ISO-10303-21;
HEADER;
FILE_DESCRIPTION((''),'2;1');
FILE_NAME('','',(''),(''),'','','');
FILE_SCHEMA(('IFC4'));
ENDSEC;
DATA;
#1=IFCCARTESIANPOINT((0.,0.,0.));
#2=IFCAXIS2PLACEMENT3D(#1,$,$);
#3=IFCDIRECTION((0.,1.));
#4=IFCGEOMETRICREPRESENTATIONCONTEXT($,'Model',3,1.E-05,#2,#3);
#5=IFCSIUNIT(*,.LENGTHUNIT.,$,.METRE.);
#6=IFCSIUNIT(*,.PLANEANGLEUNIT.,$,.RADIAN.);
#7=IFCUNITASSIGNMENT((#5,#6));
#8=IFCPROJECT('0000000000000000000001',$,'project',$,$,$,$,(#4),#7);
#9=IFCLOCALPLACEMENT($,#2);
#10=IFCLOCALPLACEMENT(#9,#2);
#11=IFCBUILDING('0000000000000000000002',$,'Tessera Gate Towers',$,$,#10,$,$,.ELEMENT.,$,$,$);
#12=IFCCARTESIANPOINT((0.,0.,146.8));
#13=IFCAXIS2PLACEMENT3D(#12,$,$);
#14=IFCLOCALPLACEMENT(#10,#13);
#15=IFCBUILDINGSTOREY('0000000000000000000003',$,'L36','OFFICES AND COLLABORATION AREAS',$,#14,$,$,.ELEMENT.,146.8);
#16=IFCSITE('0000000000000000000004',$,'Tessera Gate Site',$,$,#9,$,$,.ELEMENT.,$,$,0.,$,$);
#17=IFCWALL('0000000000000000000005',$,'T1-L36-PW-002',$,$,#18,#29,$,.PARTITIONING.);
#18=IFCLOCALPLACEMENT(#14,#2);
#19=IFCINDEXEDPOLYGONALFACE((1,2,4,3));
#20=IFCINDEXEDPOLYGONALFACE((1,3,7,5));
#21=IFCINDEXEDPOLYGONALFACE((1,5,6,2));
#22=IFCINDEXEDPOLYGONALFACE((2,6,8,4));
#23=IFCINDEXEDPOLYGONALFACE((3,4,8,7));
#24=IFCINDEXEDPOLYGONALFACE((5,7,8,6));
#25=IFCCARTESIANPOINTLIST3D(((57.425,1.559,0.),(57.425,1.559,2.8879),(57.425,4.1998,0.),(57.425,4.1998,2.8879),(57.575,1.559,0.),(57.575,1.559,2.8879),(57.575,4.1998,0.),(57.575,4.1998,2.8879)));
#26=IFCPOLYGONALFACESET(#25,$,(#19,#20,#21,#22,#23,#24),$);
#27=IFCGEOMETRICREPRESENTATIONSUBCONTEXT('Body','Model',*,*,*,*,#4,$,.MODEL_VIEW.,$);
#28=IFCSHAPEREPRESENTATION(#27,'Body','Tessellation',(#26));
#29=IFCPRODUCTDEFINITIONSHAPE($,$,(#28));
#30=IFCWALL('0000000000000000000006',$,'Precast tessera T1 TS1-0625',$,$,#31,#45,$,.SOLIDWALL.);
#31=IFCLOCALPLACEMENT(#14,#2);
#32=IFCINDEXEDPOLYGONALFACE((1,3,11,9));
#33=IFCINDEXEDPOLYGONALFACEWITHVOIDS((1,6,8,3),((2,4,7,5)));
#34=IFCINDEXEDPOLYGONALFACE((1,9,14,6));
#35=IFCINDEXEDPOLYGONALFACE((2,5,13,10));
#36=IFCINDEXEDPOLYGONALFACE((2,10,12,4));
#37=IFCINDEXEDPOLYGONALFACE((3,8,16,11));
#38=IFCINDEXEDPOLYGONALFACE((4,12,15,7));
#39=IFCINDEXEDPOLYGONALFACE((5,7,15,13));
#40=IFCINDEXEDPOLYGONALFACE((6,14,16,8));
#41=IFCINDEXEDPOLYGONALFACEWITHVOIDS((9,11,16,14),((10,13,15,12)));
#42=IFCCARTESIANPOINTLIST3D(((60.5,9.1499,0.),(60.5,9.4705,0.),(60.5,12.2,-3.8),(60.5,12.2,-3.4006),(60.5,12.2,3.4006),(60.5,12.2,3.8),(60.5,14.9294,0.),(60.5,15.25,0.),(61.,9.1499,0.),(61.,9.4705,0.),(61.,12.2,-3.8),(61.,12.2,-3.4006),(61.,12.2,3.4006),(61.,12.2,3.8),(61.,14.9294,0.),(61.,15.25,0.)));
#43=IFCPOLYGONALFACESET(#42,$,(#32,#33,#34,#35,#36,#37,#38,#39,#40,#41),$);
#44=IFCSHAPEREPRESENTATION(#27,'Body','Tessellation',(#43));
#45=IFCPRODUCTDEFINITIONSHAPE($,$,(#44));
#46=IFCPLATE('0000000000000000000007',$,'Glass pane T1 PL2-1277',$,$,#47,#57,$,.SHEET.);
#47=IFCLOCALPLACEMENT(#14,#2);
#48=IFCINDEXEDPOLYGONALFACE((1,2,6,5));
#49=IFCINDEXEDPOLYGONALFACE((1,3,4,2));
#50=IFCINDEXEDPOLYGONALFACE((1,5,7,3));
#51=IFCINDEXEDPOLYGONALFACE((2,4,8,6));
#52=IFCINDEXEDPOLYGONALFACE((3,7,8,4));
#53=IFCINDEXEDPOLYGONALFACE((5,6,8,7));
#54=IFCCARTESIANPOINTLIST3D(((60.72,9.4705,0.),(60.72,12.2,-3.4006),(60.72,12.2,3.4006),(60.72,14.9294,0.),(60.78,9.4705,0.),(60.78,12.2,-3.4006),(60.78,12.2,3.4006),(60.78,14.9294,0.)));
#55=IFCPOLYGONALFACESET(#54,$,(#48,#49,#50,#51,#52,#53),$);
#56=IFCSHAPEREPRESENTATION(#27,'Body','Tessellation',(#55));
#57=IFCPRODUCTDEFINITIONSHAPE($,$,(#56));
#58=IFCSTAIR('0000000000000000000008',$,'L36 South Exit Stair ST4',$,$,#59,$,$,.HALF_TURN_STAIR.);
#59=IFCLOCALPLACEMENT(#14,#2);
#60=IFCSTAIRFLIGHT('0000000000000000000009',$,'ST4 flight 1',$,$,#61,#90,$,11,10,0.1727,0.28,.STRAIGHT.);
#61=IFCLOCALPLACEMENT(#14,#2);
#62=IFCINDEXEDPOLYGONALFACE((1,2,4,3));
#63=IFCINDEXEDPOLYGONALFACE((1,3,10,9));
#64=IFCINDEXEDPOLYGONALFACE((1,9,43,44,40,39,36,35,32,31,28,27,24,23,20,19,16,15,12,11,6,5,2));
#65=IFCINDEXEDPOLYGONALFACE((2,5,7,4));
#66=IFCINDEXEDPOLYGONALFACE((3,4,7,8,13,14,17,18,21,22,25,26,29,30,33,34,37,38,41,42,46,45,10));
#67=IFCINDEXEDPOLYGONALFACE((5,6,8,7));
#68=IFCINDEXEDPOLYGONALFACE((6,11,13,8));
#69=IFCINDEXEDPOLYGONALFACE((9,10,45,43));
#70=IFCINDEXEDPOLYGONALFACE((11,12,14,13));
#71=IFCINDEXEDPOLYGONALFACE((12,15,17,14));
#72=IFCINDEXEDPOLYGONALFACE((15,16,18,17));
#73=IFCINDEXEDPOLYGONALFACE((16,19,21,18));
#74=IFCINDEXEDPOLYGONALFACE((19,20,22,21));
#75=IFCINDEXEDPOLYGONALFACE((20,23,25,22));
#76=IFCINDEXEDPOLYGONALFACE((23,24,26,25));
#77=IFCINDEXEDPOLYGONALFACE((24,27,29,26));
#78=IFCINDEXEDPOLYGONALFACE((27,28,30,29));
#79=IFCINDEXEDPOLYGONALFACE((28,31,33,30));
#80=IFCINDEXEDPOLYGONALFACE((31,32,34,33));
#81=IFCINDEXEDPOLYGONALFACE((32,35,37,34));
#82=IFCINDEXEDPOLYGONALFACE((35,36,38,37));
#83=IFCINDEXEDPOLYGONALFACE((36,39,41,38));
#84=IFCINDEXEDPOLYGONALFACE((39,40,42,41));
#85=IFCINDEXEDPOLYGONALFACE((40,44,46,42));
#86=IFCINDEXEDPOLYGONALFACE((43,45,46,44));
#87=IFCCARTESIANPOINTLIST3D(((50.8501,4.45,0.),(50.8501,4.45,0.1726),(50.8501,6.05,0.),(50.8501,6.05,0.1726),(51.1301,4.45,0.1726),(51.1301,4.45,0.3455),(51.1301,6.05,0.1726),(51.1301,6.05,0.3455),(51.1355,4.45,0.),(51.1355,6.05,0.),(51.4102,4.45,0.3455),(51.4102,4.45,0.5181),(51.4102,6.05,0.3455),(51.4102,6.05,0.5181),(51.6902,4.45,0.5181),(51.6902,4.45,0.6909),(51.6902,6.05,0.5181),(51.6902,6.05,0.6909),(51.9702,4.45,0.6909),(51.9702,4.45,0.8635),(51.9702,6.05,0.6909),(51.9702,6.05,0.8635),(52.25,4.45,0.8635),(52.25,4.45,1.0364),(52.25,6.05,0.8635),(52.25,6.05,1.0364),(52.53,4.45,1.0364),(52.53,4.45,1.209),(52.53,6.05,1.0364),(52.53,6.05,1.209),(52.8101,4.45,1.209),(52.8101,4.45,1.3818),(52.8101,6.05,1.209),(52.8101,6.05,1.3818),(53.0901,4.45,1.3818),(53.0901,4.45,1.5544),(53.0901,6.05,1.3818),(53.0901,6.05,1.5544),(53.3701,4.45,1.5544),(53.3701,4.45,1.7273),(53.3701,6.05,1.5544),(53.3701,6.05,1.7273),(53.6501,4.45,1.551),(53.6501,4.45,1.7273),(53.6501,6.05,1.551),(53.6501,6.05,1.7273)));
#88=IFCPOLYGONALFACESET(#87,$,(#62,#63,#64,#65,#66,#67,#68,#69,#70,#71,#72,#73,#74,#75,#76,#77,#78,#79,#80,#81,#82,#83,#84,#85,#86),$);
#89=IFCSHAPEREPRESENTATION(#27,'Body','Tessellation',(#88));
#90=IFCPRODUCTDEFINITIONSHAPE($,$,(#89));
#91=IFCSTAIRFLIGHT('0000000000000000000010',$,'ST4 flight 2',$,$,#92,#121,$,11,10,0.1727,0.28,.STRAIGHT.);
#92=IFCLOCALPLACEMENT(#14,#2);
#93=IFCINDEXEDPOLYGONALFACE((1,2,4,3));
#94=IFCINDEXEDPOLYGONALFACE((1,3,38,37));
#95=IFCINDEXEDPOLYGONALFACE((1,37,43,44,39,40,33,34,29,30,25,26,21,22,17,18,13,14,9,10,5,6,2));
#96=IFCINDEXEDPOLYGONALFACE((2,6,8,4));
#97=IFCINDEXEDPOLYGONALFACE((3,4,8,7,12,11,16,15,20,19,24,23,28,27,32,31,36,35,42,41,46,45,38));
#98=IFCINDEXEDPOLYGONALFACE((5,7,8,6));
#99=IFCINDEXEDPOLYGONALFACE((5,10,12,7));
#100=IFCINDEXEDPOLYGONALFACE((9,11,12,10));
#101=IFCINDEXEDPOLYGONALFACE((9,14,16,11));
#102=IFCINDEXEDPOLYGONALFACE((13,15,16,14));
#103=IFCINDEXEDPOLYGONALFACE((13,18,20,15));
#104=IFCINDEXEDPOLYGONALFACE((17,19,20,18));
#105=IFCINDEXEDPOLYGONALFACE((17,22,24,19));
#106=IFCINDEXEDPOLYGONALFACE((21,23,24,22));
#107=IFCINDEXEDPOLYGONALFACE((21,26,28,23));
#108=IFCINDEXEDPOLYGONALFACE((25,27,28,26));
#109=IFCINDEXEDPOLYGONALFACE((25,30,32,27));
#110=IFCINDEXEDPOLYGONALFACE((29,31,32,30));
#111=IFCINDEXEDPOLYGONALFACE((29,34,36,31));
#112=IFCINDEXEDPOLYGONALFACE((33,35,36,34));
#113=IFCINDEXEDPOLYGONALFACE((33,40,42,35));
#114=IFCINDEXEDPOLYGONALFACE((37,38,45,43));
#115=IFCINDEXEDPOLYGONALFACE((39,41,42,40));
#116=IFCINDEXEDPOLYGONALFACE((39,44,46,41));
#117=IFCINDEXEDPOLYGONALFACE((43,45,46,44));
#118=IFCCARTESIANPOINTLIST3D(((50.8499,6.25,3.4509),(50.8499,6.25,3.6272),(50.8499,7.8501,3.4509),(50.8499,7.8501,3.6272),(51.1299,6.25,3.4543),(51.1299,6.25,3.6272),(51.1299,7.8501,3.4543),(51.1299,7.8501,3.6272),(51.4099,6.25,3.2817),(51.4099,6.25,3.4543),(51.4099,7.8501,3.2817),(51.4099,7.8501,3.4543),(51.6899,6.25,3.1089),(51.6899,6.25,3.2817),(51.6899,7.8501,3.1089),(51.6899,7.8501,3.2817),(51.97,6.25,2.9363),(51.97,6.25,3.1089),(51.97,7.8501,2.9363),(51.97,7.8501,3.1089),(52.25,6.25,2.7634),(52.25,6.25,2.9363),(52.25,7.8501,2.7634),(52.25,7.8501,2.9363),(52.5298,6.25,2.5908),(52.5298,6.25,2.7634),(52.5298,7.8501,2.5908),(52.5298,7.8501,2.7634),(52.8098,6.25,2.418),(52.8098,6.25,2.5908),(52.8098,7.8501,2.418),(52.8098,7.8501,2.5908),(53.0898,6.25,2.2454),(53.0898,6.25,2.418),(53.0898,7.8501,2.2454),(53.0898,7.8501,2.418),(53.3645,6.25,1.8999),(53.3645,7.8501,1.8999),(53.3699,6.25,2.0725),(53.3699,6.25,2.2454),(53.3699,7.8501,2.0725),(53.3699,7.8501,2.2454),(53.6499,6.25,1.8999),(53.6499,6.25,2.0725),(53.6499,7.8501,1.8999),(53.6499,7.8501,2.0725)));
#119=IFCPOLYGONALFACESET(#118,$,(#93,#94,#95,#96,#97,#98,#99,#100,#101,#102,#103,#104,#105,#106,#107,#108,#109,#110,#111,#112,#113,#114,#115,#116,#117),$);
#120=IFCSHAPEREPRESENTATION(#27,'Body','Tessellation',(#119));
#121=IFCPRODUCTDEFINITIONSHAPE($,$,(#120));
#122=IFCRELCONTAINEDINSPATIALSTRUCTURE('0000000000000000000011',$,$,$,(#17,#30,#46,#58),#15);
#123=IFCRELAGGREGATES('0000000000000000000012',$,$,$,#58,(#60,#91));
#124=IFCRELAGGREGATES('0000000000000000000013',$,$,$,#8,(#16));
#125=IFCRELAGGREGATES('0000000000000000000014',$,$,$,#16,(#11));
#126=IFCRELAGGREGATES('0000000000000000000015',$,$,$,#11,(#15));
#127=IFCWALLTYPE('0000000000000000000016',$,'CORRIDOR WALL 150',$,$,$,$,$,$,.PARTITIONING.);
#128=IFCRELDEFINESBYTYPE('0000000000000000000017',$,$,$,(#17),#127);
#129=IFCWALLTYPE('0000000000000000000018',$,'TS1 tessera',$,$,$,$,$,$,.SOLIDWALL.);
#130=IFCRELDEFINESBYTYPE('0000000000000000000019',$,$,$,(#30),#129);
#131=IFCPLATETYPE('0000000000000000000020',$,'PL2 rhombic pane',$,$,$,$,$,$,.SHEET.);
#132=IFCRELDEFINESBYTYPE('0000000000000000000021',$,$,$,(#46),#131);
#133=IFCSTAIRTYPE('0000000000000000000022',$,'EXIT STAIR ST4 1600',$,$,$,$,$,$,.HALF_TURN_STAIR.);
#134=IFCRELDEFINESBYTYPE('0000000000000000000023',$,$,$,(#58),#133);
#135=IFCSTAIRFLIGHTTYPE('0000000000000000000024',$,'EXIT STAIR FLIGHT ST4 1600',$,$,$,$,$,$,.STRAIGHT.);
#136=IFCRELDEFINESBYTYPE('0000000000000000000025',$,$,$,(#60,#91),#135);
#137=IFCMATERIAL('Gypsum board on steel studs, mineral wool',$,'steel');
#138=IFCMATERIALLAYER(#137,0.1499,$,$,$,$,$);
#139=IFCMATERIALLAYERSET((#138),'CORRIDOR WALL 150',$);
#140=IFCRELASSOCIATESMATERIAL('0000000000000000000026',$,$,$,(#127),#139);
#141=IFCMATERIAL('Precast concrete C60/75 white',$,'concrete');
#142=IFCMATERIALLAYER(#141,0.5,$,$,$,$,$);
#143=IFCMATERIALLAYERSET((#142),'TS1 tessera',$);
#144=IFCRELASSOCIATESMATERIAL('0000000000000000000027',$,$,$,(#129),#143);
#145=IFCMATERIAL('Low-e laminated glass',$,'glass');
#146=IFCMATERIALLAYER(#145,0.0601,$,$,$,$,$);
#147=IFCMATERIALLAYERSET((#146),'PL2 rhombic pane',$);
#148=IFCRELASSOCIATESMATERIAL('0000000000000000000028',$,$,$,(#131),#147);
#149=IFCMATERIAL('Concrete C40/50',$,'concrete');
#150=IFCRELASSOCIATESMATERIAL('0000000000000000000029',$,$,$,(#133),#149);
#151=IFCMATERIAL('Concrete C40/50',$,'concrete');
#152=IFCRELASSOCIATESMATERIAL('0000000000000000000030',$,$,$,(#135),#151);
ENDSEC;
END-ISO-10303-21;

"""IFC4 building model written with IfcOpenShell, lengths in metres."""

from ifc_helpers import new_model, si_unit, direction, frame, frame_2d, origin, place, context, subcontext, project, spatial, polyline, rectangle, outline, extrude, source, transform, mapped, material, layer, layer_set, type_object, element, fill, aggregate, save


model = new_model("IFC4")

# Units and contexts
model_context = context("Model", 3, precision=1e-05, world=origin(), true_north=direction((0.0, 1.0)))
body_context = subcontext(model_context, "Body", "Model", "MODEL_VIEW")
ifc_project = project(units=[si_unit("LENGTHUNIT", "METRE"), si_unit("PLANEANGLEUNIT", "RADIAN")], contexts=[model_context])

# Site, building, storey
site_placement = place(None, origin())
site = spatial("IfcSite", under=ifc_project, at=site_placement, Name="Tessera Gate Site", CompositionType="ELEMENT", RefElevation=0.0)
building_placement = place(site_placement, origin())
building = spatial("IfcBuilding", under=site, at=building_placement, Name="Tessera Gate Towers", CompositionType="ELEMENT")
storey_placement = place(building_placement, frame((0.0, 0.0, 146.8)))
storey = spatial("IfcBuildingStorey", under=building, at=storey_placement, Name="L36", Description="OFFICES AND COLLABORATION AREAS", CompositionType="ELEMENT", Elevation=146.8)

# Wall
ifc_material_1 = material(Name="Gypsum board on steel studs, mineral wool", Category="steel")
ifc_layer_1 = layer(ifc_material_1, 0.1499)
ifc_layer_set_1 = layer_set([ifc_layer_1], Name="CORRIDOR WALL 150")
wall_type_1 = type_object("IfcWallType", Name="CORRIDOR WALL 150", PredefinedType="PARTITIONING", material=ifc_layer_set_1)
wall_1_placement = place(storey_placement, frame((57.5, 1.5591, 0.0), z_axis=(0.0, 0.0, 1.0), x_axis=(0.0, 1.0, 0.0)))
element("IfcWall", 1, at=wall_1_placement, inside=storey, type_object=wall_type_1, Name="T1-L36-PW-002", PredefinedType="PARTITIONING", context=body_context, shape_type="SweptSolid", body=[
    extrude(rectangle(XDim=2.6409, YDim=0.1499, at=frame_2d((1.3203, 0.0))), origin(), (0.0, 0.0, 1.0), 2.8879),
])

# Wall, opening, plate
ifc_material_2 = material(Name="Precast concrete C60/75 white", Category="concrete")
ifc_layer_2 = layer(ifc_material_2, 0.5)
ifc_layer_set_2 = layer_set([ifc_layer_2], Name="TS1 tessera")
wall_type_2 = type_object("IfcWallType", Name="TS1 tessera", PredefinedType="SOLIDWALL", material=ifc_layer_set_2)
shared_shape_1 = source(origin(), body_context, "Body", "SweptSolid", [
    extrude(outline(polyline([(3.05, 0.0), (6.1001, 3.8), (3.05, 7.6001), (0.0, 3.8), (3.05, 0.0)])), frame((0.0, 0.25, 0.0), z_axis=(0.0, -1.0, 0.0), x_axis=(1.0, 0.0, 0.0)), (0.0, 0.0, 1.0), 0.5),
])
wall_2_placement = place(storey_placement, frame((60.75, 9.1499, -3.8), z_axis=(0.0, 0.0, 1.0), x_axis=(0.0, 1.0, 0.0)))
wall_2 = element("IfcWall", 2, at=wall_2_placement, inside=storey, type_object=wall_type_2, Name="Precast tessera T1 TS1-0625", PredefinedType="SOLIDWALL", context=body_context, shape_type="MappedRepresentation", body=[
    mapped(shared_shape_1, transform((0.0, 0.0, 0.0), scale=1.0)),
])
shared_shape_2 = source(origin(), body_context, "Body", "SweptSolid", [
    extrude(outline(polyline([(3.05, 0.3994), (5.7795, 3.8), (3.05, 7.2007), (0.3206, 3.8), (3.05, 0.3994)])), frame((0.0, 0.26, 0.0), z_axis=(0.0, -1.0, 0.0), x_axis=(1.0, 0.0, 0.0)), (0.0, 0.0, 1.0), 0.52),
])
opening_1_placement = place(wall_2_placement, origin())
opening_1 = element("IfcOpeningElement", 3, at=opening_1_placement, cuts=wall_2, PredefinedType="OPENING", context=body_context, shape_type="MappedRepresentation", body=[
    mapped(shared_shape_2, transform((0.0, 0.0, 0.0), scale=1.0)),
])
ifc_material_3 = material(Name="Low-e laminated glass", Category="glass")
ifc_layer_3 = layer(ifc_material_3, 0.0601)
ifc_layer_set_3 = layer_set([ifc_layer_3], Name="PL2 rhombic pane")
plate_type = type_object("IfcPlateType", Name="PL2 rhombic pane", PredefinedType="SHEET", material=ifc_layer_set_3)
shared_shape_3 = source(origin(), body_context, "Body", "SweptSolid", [
    extrude(outline(polyline([(3.05, 0.3994), (5.7795, 3.8), (3.05, 7.2007), (0.3206, 3.8), (3.05, 0.3994)])), frame((0.0, 0.03, 0.0), z_axis=(0.0, -1.0, 0.0), x_axis=(1.0, 0.0, 0.0)), (0.0, 0.0, 1.0), 0.0601),
])
plate_placement = place(opening_1_placement, origin())
plate = element("IfcPlate", 4, at=plate_placement, inside=storey, type_object=plate_type, Name="Glass pane T1 PL2-1277", PredefinedType="SHEET", context=body_context, shape_type="MappedRepresentation", body=[
    mapped(shared_shape_3, transform((0.0, 0.0, 0.0), scale=1.0)),
])
fill(opening_1, plate)

# Stair, stair flights
ifc_material_4 = material(Name="Concrete C40/50", Category="concrete")
stair_type = type_object("IfcStairType", Name="EXIT STAIR ST4 1600", PredefinedType="HALF_TURN_STAIR", material=ifc_material_4)
stair_placement = place(storey_placement, origin())
stair = element("IfcStair", 5, at=stair_placement, inside=storey, type_object=stair_type, Name="L36 South Exit Stair ST4", PredefinedType="HALF_TURN_STAIR")
ifc_material_5 = material(Name="Concrete C40/50", Category="concrete")
stair_flight_type = type_object("IfcStairFlightType", Name="EXIT STAIR FLIGHT ST4 1600", PredefinedType="STRAIGHT", material=ifc_material_5)
stair_flight_1_placement = place(storey_placement, frame((50.8501, 5.25, 0.0), z_axis=(0.0, 0.0, 1.0), x_axis=(1.0, 0.0, 0.0)))
stair_flight_1 = element("IfcStairFlight", 6, at=stair_flight_1_placement, type_object=stair_flight_type, Name="ST4 flight 1", NumberOfRisers=11, NumberOfTreads=10, PredefinedType="STRAIGHT", RiserHeight=0.1727, TreadLength=0.28, context=body_context, shape_type="SweptSolid", body=[
    extrude(outline(polyline([(0.0, 0.0), (0.0, 0.1726), (0.28, 0.1726), (0.28, 0.3455), (0.5601, 0.3455), (0.5601, 0.5181), (0.8401, 0.5181), (0.8401, 0.6909), (1.1201, 0.6909), (1.1201, 0.8635), (1.3999, 0.8635), (1.3999, 1.0364), (1.6799, 1.0364), (1.6799, 1.209), (1.96, 1.209), (1.96, 1.3818), (2.24, 1.3818), (2.24, 1.5544), (2.52, 1.5544), (2.52, 1.7273), (2.8, 1.7273), (2.8, 1.8999), (2.8, 1.551), (0.2854, 0.0), (0.0, 0.0)])), frame((0.0, 0.8, 0.0), z_axis=(0.0, -1.0, 0.0), x_axis=(1.0, 0.0, 0.0)), (0.0, 0.0, 1.0), 1.6001),
])
stair_flight_2_placement = place(storey_placement, frame((53.6499, 7.05, 1.8999), z_axis=(0.0, 0.0, 1.0), x_axis=(-1.0, 0.0, 0.0)))
stair_flight_2 = element("IfcStairFlight", 7, at=stair_flight_2_placement, type_object=stair_flight_type, Name="ST4 flight 2", NumberOfRisers=11, NumberOfTreads=10, PredefinedType="STRAIGHT", RiserHeight=0.1727, TreadLength=0.28, context=body_context, shape_type="SweptSolid", body=[
    extrude(outline(polyline([(0.0, 0.0), (0.0, 0.1726), (0.28, 0.1726), (0.28, 0.3455), (0.5601, 0.3455), (0.5601, 0.5181), (0.8401, 0.5181), (0.8401, 0.6909), (1.1201, 0.6909), (1.1201, 0.8635), (1.3999, 0.8635), (1.3999, 1.0364), (1.6799, 1.0364), (1.6799, 1.209), (1.96, 1.209), (1.96, 1.3818), (2.24, 1.3818), (2.24, 1.5544), (2.52, 1.5544), (2.52, 1.7273), (2.8, 1.7273), (2.8, 1.8999), (2.8, 1.551), (0.2854, 0.0), (0.0, 0.0)])), frame((0.0, 0.8, 0.0), z_axis=(0.0, -1.0, 0.0), x_axis=(1.0, 0.0, 0.0)), (0.0, 0.0, 1.0), 1.6001),
])
aggregate(stair, [stair_flight_1, stair_flight_2])

save(model, "model.ifc")
